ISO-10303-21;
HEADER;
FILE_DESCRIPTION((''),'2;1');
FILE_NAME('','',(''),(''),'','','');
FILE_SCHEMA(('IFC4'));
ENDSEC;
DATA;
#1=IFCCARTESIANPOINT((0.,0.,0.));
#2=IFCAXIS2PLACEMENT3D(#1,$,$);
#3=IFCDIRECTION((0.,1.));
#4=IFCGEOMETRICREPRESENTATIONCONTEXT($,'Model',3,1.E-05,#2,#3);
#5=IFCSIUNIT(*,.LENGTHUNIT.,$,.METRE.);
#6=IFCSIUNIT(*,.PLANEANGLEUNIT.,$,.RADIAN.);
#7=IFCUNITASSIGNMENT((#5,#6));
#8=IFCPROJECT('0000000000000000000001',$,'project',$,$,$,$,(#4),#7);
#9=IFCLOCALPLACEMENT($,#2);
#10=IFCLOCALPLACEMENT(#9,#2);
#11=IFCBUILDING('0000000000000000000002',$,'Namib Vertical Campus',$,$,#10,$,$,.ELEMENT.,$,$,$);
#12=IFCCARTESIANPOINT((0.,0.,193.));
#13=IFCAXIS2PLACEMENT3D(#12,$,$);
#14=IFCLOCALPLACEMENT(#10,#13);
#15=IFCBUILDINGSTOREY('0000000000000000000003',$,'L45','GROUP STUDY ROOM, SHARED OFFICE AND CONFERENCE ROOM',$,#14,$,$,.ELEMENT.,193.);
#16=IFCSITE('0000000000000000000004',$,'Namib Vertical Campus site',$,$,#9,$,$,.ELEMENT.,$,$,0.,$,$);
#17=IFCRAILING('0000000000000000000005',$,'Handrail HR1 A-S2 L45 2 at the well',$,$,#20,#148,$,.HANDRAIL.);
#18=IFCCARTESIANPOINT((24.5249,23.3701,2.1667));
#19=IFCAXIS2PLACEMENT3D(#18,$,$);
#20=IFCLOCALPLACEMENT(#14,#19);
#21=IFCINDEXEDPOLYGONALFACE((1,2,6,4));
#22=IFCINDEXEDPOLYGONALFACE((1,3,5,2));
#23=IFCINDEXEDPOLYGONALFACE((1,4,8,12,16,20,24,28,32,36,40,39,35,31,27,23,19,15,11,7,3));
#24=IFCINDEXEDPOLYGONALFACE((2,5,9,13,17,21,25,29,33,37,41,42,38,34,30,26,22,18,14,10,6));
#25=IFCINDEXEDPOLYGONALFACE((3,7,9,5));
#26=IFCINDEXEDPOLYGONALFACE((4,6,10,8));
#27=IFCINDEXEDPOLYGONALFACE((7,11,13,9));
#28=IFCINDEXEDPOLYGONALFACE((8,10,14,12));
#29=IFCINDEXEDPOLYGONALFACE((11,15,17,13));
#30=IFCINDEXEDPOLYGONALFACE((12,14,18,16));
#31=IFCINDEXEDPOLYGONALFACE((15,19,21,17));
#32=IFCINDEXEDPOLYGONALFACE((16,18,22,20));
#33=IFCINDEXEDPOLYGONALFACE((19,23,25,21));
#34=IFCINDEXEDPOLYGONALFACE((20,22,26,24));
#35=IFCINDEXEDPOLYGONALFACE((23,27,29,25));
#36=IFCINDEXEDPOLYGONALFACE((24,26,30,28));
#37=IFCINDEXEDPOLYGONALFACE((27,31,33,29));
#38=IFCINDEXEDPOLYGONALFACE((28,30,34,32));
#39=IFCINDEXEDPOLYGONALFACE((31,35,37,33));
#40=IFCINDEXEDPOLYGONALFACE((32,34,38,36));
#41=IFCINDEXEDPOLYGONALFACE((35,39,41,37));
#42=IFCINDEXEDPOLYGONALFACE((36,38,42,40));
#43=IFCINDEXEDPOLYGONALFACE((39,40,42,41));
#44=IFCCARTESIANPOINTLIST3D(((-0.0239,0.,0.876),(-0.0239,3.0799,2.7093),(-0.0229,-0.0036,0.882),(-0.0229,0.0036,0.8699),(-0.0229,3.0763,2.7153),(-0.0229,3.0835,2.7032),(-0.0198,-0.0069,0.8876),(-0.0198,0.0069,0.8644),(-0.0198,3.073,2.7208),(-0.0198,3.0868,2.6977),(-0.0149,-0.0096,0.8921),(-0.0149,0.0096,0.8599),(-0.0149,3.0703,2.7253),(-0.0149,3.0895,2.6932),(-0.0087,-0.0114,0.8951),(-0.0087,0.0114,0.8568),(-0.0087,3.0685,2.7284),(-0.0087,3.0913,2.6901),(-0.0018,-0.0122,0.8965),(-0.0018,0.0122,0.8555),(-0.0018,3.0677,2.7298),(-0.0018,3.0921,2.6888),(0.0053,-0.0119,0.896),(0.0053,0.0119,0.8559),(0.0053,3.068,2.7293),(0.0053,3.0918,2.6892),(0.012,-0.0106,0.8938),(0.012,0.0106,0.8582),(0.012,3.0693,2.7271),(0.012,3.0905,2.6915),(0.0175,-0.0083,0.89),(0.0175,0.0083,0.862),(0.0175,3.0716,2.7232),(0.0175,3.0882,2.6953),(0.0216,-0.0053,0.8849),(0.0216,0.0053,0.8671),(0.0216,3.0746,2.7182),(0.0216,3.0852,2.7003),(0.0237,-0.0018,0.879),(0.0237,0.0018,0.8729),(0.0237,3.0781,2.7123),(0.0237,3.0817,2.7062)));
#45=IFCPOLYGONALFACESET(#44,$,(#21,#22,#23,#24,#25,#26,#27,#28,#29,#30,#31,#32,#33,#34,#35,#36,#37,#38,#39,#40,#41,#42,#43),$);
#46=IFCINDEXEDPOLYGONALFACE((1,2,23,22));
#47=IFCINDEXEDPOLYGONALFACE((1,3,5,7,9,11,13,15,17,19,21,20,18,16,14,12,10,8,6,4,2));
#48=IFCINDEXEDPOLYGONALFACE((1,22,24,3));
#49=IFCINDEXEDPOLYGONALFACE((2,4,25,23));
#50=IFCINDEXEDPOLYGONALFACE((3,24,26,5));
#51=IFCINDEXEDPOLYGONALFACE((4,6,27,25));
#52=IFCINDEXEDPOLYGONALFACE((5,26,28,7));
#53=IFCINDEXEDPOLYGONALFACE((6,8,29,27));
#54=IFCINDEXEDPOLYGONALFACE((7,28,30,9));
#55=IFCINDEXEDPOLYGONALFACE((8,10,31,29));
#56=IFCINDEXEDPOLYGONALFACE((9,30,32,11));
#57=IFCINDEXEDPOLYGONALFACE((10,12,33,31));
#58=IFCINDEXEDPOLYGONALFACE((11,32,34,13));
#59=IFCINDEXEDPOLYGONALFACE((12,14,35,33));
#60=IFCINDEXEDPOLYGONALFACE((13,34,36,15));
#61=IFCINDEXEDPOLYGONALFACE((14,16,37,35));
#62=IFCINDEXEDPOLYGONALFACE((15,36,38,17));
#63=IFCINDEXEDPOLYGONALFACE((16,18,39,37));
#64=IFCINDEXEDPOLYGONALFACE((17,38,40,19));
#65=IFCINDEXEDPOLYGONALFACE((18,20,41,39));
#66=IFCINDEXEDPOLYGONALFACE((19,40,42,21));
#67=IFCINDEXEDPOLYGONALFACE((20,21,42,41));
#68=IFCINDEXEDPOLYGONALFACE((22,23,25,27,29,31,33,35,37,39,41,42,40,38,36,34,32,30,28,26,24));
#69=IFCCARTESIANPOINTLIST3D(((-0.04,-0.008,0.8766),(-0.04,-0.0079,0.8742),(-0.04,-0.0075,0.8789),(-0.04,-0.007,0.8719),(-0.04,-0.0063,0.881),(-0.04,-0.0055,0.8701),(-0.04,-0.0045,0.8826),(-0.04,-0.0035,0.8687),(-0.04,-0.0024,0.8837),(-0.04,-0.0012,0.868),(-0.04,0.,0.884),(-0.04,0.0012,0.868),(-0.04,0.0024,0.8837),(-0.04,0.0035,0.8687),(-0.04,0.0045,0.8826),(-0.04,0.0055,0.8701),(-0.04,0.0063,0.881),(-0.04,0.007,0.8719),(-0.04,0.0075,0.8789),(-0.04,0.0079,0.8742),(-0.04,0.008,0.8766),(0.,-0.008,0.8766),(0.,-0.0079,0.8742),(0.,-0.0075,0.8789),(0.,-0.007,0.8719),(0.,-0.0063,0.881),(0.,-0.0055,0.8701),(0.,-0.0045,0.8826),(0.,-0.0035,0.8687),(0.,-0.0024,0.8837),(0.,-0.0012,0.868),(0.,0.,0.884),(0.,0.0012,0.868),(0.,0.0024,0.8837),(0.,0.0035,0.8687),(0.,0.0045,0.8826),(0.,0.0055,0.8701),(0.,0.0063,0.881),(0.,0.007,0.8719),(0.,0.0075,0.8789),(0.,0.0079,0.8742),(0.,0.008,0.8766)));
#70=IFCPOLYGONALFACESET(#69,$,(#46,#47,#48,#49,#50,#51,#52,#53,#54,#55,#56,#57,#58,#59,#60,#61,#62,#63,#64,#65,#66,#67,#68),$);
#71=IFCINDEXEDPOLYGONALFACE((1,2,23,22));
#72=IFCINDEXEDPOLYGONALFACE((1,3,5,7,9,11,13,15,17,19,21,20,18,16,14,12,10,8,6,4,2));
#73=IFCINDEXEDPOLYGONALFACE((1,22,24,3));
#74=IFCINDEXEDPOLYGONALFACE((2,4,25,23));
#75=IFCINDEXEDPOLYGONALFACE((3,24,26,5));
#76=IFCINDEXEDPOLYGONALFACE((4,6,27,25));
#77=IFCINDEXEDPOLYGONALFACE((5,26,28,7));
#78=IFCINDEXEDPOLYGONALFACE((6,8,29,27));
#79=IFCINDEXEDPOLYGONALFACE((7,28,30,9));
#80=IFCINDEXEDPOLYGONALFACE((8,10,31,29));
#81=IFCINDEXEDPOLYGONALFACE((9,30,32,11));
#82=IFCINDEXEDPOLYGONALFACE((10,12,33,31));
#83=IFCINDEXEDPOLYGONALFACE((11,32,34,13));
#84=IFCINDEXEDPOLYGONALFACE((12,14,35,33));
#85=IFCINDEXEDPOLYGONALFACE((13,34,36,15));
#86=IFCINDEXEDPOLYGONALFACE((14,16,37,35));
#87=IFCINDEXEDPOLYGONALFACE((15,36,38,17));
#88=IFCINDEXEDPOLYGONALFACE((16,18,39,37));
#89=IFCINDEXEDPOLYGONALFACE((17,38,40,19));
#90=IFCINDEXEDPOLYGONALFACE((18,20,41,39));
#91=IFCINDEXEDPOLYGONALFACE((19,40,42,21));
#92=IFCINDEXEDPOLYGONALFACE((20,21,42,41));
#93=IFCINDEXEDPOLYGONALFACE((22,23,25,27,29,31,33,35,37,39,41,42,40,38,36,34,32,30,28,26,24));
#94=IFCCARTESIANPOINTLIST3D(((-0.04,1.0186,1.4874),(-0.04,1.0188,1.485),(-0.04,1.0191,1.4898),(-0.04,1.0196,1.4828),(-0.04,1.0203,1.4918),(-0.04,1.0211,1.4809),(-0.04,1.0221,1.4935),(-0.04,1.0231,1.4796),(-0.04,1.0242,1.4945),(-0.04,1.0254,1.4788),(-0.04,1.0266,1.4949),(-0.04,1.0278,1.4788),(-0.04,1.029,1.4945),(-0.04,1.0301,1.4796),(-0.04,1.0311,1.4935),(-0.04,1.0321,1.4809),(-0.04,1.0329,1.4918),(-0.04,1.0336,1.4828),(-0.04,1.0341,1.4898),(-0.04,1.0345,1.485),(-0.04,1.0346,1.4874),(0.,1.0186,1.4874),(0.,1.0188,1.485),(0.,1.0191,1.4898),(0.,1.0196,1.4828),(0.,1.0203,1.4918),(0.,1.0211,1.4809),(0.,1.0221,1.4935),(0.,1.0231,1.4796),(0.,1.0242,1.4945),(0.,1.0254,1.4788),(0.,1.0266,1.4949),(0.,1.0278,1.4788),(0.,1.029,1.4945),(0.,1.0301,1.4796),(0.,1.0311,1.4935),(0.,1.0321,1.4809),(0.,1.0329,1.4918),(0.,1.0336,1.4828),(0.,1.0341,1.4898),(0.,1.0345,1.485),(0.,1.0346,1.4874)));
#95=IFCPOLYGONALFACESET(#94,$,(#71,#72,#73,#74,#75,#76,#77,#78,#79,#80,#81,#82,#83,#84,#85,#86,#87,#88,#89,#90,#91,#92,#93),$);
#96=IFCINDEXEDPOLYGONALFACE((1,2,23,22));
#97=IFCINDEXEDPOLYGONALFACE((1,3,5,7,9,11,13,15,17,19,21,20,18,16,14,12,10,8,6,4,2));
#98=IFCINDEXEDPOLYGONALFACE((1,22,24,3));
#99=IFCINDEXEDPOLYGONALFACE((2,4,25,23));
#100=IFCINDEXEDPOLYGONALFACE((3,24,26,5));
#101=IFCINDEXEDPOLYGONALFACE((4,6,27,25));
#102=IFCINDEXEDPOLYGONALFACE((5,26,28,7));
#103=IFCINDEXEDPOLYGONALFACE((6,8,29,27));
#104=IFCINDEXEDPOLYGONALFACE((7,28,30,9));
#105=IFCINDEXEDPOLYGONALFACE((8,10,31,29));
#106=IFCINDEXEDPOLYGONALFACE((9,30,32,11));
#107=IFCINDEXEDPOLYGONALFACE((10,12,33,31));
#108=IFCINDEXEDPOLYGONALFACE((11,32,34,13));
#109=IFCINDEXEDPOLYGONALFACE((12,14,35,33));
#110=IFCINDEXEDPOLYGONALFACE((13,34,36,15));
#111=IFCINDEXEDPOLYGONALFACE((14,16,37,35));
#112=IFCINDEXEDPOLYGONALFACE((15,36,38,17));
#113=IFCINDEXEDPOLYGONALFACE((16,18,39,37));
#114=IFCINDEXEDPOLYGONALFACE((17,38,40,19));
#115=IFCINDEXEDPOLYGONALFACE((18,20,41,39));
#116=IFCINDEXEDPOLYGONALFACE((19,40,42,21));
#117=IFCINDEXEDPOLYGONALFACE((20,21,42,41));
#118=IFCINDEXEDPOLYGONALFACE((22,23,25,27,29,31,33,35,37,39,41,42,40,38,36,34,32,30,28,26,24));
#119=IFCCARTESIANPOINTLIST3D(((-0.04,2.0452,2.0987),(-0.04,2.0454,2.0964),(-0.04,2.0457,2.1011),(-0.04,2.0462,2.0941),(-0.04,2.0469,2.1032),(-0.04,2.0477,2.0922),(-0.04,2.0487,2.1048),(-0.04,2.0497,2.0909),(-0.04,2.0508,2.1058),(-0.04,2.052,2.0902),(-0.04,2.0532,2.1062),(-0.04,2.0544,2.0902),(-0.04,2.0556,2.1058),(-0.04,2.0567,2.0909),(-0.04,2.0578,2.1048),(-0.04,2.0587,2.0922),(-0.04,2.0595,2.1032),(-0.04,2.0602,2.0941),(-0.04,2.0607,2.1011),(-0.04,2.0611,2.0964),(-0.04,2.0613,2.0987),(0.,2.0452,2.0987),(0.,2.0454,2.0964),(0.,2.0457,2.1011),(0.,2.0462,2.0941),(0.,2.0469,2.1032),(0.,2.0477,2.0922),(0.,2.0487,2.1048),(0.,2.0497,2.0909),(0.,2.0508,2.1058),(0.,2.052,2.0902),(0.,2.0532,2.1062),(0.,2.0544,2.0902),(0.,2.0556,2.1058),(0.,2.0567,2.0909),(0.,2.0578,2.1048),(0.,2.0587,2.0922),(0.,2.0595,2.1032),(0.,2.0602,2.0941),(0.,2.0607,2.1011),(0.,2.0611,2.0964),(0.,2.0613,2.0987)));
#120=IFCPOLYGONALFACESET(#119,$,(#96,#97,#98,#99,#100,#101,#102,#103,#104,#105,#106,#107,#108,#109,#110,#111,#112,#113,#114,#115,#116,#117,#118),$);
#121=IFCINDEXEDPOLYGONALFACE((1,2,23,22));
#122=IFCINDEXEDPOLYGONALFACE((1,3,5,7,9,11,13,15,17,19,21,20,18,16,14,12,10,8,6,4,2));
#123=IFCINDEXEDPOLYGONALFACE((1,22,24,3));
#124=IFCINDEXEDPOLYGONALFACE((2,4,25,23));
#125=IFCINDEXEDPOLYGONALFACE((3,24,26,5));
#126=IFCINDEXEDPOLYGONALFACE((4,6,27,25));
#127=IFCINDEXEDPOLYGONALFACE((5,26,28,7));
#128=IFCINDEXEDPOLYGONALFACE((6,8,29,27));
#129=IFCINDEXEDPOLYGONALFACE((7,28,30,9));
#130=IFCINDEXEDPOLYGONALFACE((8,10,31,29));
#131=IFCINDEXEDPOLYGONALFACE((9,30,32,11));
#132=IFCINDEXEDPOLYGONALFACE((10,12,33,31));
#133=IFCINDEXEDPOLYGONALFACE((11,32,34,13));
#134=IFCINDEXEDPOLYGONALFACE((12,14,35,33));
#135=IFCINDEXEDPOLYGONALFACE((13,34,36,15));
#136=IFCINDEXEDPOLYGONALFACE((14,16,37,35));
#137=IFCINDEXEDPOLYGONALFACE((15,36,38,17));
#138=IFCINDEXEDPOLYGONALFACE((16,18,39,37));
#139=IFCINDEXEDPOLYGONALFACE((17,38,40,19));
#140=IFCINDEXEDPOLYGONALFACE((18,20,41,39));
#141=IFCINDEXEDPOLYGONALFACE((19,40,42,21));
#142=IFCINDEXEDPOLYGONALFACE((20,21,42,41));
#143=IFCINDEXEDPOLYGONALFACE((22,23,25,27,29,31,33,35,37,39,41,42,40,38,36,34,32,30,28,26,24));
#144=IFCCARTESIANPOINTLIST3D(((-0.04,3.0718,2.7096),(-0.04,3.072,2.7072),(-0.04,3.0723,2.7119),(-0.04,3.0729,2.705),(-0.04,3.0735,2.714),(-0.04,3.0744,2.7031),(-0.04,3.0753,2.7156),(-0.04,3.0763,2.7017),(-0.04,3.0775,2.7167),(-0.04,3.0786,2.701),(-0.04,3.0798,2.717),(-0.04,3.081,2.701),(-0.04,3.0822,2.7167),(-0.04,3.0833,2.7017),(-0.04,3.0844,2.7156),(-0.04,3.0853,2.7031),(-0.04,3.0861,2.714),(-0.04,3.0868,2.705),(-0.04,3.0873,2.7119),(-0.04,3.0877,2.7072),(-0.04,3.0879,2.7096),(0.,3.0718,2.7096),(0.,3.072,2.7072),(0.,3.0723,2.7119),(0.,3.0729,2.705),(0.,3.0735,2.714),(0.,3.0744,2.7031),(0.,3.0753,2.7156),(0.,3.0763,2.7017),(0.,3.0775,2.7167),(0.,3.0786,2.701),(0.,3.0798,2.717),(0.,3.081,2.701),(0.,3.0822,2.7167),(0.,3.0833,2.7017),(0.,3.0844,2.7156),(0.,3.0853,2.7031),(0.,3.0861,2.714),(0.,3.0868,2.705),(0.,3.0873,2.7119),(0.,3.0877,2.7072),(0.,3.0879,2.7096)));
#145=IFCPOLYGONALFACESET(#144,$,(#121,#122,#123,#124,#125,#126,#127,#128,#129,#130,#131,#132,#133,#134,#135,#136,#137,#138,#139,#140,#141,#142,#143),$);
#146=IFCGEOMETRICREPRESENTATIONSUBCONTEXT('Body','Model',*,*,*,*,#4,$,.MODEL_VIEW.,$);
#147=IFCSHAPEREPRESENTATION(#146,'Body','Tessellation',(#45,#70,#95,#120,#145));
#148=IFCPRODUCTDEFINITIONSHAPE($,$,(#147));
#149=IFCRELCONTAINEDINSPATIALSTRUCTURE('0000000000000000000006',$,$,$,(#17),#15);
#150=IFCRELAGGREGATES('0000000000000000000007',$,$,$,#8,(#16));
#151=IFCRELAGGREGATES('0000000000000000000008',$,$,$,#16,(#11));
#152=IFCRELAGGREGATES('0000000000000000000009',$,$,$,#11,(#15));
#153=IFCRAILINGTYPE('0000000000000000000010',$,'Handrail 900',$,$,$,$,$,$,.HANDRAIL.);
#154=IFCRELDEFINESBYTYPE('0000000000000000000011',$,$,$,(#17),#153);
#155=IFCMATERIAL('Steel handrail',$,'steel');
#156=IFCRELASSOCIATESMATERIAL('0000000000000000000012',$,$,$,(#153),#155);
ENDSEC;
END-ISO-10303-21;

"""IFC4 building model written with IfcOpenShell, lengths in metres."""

from ifc_helpers import new_model, si_unit, direction, frame, origin, origin_2d, place, context, subcontext, project, spatial, circle, extrude, material, type_object, element, save


model = new_model("IFC4")

# Units and contexts
model_context = context("Model", 3, precision=1e-05, world=origin(), true_north=direction((0.0, 1.0)))
body_context = subcontext(model_context, "Body", "Model", "MODEL_VIEW")
ifc_project = project(units=[si_unit("LENGTHUNIT", "METRE"), si_unit("PLANEANGLEUNIT", "RADIAN")], contexts=[model_context])

# Site, building, storey
site_placement = place(None, origin())
site = spatial("IfcSite", under=ifc_project, at=site_placement, Name="Namib Vertical Campus site", CompositionType="ELEMENT", RefElevation=0.0)
building_placement = place(site_placement, origin())
building = spatial("IfcBuilding", under=site, at=building_placement, Name="Namib Vertical Campus", CompositionType="ELEMENT")
storey_placement = place(building_placement, frame((0.0, 0.0, 193.0)))
storey = spatial("IfcBuildingStorey", under=building, at=storey_placement, Name="L45", Description="GROUP STUDY ROOM, SHARED OFFICE AND CONFERENCE ROOM", CompositionType="ELEMENT", Elevation=193.0)

# Railing
ifc_material_1 = material(Name="Steel handrail", Category="steel")
railing_type_1 = type_object("IfcRailingType", Name="Handrail 900", PredefinedType="HANDRAIL", material=ifc_material_1)
railing_1_placement = place(storey_placement, frame((24.5249, 23.3701, 2.1667)))
element("IfcRailing", 1, at=railing_1_placement, inside=storey, type_object=railing_type_1, Name="Handrail HR1 A-S2 L45 2 at the well", PredefinedType="HANDRAIL", context=body_context, shape_type="SweptSolid", body=[
    extrude(circle(Radius=0.0239, at=origin_2d()), frame((0.0, 0.0, 0.876), z_axis=(0.0, 0.859291, 0.511487), x_axis=(-1.0, 0.0, 0.0)), (0.0, 0.0, 1.0), 3.5842),
    extrude(circle(Radius=0.0081, at=origin_2d()), frame((0.0, 0.0, 0.876), z_axis=(-1.0, 0.0, 0.0), x_axis=(0.0, 0.0, 1.0)), (0.0, 0.0, 1.0), 0.04),
    extrude(circle(Radius=0.0081, at=origin_2d()), frame((0.0, 1.0266, 1.4868), z_axis=(-1.0, 0.0, 0.0), x_axis=(0.0, 0.0, 1.0)), (0.0, 0.0, 1.0), 0.04),
    extrude(circle(Radius=0.0081, at=origin_2d()), frame((0.0, 2.0532, 2.0981), z_axis=(-1.0, 0.0, 0.0), x_axis=(0.0, 0.0, 1.0)), (0.0, 0.0, 1.0), 0.04),
    extrude(circle(Radius=0.0081, at=origin_2d()), frame((0.0, 3.0798, 2.709), z_axis=(-1.0, 0.0, 0.0), x_axis=(0.0, 0.0, 1.0)), (0.0, 0.0, 1.0), 0.04),
])

save(model, "model.ifc")
